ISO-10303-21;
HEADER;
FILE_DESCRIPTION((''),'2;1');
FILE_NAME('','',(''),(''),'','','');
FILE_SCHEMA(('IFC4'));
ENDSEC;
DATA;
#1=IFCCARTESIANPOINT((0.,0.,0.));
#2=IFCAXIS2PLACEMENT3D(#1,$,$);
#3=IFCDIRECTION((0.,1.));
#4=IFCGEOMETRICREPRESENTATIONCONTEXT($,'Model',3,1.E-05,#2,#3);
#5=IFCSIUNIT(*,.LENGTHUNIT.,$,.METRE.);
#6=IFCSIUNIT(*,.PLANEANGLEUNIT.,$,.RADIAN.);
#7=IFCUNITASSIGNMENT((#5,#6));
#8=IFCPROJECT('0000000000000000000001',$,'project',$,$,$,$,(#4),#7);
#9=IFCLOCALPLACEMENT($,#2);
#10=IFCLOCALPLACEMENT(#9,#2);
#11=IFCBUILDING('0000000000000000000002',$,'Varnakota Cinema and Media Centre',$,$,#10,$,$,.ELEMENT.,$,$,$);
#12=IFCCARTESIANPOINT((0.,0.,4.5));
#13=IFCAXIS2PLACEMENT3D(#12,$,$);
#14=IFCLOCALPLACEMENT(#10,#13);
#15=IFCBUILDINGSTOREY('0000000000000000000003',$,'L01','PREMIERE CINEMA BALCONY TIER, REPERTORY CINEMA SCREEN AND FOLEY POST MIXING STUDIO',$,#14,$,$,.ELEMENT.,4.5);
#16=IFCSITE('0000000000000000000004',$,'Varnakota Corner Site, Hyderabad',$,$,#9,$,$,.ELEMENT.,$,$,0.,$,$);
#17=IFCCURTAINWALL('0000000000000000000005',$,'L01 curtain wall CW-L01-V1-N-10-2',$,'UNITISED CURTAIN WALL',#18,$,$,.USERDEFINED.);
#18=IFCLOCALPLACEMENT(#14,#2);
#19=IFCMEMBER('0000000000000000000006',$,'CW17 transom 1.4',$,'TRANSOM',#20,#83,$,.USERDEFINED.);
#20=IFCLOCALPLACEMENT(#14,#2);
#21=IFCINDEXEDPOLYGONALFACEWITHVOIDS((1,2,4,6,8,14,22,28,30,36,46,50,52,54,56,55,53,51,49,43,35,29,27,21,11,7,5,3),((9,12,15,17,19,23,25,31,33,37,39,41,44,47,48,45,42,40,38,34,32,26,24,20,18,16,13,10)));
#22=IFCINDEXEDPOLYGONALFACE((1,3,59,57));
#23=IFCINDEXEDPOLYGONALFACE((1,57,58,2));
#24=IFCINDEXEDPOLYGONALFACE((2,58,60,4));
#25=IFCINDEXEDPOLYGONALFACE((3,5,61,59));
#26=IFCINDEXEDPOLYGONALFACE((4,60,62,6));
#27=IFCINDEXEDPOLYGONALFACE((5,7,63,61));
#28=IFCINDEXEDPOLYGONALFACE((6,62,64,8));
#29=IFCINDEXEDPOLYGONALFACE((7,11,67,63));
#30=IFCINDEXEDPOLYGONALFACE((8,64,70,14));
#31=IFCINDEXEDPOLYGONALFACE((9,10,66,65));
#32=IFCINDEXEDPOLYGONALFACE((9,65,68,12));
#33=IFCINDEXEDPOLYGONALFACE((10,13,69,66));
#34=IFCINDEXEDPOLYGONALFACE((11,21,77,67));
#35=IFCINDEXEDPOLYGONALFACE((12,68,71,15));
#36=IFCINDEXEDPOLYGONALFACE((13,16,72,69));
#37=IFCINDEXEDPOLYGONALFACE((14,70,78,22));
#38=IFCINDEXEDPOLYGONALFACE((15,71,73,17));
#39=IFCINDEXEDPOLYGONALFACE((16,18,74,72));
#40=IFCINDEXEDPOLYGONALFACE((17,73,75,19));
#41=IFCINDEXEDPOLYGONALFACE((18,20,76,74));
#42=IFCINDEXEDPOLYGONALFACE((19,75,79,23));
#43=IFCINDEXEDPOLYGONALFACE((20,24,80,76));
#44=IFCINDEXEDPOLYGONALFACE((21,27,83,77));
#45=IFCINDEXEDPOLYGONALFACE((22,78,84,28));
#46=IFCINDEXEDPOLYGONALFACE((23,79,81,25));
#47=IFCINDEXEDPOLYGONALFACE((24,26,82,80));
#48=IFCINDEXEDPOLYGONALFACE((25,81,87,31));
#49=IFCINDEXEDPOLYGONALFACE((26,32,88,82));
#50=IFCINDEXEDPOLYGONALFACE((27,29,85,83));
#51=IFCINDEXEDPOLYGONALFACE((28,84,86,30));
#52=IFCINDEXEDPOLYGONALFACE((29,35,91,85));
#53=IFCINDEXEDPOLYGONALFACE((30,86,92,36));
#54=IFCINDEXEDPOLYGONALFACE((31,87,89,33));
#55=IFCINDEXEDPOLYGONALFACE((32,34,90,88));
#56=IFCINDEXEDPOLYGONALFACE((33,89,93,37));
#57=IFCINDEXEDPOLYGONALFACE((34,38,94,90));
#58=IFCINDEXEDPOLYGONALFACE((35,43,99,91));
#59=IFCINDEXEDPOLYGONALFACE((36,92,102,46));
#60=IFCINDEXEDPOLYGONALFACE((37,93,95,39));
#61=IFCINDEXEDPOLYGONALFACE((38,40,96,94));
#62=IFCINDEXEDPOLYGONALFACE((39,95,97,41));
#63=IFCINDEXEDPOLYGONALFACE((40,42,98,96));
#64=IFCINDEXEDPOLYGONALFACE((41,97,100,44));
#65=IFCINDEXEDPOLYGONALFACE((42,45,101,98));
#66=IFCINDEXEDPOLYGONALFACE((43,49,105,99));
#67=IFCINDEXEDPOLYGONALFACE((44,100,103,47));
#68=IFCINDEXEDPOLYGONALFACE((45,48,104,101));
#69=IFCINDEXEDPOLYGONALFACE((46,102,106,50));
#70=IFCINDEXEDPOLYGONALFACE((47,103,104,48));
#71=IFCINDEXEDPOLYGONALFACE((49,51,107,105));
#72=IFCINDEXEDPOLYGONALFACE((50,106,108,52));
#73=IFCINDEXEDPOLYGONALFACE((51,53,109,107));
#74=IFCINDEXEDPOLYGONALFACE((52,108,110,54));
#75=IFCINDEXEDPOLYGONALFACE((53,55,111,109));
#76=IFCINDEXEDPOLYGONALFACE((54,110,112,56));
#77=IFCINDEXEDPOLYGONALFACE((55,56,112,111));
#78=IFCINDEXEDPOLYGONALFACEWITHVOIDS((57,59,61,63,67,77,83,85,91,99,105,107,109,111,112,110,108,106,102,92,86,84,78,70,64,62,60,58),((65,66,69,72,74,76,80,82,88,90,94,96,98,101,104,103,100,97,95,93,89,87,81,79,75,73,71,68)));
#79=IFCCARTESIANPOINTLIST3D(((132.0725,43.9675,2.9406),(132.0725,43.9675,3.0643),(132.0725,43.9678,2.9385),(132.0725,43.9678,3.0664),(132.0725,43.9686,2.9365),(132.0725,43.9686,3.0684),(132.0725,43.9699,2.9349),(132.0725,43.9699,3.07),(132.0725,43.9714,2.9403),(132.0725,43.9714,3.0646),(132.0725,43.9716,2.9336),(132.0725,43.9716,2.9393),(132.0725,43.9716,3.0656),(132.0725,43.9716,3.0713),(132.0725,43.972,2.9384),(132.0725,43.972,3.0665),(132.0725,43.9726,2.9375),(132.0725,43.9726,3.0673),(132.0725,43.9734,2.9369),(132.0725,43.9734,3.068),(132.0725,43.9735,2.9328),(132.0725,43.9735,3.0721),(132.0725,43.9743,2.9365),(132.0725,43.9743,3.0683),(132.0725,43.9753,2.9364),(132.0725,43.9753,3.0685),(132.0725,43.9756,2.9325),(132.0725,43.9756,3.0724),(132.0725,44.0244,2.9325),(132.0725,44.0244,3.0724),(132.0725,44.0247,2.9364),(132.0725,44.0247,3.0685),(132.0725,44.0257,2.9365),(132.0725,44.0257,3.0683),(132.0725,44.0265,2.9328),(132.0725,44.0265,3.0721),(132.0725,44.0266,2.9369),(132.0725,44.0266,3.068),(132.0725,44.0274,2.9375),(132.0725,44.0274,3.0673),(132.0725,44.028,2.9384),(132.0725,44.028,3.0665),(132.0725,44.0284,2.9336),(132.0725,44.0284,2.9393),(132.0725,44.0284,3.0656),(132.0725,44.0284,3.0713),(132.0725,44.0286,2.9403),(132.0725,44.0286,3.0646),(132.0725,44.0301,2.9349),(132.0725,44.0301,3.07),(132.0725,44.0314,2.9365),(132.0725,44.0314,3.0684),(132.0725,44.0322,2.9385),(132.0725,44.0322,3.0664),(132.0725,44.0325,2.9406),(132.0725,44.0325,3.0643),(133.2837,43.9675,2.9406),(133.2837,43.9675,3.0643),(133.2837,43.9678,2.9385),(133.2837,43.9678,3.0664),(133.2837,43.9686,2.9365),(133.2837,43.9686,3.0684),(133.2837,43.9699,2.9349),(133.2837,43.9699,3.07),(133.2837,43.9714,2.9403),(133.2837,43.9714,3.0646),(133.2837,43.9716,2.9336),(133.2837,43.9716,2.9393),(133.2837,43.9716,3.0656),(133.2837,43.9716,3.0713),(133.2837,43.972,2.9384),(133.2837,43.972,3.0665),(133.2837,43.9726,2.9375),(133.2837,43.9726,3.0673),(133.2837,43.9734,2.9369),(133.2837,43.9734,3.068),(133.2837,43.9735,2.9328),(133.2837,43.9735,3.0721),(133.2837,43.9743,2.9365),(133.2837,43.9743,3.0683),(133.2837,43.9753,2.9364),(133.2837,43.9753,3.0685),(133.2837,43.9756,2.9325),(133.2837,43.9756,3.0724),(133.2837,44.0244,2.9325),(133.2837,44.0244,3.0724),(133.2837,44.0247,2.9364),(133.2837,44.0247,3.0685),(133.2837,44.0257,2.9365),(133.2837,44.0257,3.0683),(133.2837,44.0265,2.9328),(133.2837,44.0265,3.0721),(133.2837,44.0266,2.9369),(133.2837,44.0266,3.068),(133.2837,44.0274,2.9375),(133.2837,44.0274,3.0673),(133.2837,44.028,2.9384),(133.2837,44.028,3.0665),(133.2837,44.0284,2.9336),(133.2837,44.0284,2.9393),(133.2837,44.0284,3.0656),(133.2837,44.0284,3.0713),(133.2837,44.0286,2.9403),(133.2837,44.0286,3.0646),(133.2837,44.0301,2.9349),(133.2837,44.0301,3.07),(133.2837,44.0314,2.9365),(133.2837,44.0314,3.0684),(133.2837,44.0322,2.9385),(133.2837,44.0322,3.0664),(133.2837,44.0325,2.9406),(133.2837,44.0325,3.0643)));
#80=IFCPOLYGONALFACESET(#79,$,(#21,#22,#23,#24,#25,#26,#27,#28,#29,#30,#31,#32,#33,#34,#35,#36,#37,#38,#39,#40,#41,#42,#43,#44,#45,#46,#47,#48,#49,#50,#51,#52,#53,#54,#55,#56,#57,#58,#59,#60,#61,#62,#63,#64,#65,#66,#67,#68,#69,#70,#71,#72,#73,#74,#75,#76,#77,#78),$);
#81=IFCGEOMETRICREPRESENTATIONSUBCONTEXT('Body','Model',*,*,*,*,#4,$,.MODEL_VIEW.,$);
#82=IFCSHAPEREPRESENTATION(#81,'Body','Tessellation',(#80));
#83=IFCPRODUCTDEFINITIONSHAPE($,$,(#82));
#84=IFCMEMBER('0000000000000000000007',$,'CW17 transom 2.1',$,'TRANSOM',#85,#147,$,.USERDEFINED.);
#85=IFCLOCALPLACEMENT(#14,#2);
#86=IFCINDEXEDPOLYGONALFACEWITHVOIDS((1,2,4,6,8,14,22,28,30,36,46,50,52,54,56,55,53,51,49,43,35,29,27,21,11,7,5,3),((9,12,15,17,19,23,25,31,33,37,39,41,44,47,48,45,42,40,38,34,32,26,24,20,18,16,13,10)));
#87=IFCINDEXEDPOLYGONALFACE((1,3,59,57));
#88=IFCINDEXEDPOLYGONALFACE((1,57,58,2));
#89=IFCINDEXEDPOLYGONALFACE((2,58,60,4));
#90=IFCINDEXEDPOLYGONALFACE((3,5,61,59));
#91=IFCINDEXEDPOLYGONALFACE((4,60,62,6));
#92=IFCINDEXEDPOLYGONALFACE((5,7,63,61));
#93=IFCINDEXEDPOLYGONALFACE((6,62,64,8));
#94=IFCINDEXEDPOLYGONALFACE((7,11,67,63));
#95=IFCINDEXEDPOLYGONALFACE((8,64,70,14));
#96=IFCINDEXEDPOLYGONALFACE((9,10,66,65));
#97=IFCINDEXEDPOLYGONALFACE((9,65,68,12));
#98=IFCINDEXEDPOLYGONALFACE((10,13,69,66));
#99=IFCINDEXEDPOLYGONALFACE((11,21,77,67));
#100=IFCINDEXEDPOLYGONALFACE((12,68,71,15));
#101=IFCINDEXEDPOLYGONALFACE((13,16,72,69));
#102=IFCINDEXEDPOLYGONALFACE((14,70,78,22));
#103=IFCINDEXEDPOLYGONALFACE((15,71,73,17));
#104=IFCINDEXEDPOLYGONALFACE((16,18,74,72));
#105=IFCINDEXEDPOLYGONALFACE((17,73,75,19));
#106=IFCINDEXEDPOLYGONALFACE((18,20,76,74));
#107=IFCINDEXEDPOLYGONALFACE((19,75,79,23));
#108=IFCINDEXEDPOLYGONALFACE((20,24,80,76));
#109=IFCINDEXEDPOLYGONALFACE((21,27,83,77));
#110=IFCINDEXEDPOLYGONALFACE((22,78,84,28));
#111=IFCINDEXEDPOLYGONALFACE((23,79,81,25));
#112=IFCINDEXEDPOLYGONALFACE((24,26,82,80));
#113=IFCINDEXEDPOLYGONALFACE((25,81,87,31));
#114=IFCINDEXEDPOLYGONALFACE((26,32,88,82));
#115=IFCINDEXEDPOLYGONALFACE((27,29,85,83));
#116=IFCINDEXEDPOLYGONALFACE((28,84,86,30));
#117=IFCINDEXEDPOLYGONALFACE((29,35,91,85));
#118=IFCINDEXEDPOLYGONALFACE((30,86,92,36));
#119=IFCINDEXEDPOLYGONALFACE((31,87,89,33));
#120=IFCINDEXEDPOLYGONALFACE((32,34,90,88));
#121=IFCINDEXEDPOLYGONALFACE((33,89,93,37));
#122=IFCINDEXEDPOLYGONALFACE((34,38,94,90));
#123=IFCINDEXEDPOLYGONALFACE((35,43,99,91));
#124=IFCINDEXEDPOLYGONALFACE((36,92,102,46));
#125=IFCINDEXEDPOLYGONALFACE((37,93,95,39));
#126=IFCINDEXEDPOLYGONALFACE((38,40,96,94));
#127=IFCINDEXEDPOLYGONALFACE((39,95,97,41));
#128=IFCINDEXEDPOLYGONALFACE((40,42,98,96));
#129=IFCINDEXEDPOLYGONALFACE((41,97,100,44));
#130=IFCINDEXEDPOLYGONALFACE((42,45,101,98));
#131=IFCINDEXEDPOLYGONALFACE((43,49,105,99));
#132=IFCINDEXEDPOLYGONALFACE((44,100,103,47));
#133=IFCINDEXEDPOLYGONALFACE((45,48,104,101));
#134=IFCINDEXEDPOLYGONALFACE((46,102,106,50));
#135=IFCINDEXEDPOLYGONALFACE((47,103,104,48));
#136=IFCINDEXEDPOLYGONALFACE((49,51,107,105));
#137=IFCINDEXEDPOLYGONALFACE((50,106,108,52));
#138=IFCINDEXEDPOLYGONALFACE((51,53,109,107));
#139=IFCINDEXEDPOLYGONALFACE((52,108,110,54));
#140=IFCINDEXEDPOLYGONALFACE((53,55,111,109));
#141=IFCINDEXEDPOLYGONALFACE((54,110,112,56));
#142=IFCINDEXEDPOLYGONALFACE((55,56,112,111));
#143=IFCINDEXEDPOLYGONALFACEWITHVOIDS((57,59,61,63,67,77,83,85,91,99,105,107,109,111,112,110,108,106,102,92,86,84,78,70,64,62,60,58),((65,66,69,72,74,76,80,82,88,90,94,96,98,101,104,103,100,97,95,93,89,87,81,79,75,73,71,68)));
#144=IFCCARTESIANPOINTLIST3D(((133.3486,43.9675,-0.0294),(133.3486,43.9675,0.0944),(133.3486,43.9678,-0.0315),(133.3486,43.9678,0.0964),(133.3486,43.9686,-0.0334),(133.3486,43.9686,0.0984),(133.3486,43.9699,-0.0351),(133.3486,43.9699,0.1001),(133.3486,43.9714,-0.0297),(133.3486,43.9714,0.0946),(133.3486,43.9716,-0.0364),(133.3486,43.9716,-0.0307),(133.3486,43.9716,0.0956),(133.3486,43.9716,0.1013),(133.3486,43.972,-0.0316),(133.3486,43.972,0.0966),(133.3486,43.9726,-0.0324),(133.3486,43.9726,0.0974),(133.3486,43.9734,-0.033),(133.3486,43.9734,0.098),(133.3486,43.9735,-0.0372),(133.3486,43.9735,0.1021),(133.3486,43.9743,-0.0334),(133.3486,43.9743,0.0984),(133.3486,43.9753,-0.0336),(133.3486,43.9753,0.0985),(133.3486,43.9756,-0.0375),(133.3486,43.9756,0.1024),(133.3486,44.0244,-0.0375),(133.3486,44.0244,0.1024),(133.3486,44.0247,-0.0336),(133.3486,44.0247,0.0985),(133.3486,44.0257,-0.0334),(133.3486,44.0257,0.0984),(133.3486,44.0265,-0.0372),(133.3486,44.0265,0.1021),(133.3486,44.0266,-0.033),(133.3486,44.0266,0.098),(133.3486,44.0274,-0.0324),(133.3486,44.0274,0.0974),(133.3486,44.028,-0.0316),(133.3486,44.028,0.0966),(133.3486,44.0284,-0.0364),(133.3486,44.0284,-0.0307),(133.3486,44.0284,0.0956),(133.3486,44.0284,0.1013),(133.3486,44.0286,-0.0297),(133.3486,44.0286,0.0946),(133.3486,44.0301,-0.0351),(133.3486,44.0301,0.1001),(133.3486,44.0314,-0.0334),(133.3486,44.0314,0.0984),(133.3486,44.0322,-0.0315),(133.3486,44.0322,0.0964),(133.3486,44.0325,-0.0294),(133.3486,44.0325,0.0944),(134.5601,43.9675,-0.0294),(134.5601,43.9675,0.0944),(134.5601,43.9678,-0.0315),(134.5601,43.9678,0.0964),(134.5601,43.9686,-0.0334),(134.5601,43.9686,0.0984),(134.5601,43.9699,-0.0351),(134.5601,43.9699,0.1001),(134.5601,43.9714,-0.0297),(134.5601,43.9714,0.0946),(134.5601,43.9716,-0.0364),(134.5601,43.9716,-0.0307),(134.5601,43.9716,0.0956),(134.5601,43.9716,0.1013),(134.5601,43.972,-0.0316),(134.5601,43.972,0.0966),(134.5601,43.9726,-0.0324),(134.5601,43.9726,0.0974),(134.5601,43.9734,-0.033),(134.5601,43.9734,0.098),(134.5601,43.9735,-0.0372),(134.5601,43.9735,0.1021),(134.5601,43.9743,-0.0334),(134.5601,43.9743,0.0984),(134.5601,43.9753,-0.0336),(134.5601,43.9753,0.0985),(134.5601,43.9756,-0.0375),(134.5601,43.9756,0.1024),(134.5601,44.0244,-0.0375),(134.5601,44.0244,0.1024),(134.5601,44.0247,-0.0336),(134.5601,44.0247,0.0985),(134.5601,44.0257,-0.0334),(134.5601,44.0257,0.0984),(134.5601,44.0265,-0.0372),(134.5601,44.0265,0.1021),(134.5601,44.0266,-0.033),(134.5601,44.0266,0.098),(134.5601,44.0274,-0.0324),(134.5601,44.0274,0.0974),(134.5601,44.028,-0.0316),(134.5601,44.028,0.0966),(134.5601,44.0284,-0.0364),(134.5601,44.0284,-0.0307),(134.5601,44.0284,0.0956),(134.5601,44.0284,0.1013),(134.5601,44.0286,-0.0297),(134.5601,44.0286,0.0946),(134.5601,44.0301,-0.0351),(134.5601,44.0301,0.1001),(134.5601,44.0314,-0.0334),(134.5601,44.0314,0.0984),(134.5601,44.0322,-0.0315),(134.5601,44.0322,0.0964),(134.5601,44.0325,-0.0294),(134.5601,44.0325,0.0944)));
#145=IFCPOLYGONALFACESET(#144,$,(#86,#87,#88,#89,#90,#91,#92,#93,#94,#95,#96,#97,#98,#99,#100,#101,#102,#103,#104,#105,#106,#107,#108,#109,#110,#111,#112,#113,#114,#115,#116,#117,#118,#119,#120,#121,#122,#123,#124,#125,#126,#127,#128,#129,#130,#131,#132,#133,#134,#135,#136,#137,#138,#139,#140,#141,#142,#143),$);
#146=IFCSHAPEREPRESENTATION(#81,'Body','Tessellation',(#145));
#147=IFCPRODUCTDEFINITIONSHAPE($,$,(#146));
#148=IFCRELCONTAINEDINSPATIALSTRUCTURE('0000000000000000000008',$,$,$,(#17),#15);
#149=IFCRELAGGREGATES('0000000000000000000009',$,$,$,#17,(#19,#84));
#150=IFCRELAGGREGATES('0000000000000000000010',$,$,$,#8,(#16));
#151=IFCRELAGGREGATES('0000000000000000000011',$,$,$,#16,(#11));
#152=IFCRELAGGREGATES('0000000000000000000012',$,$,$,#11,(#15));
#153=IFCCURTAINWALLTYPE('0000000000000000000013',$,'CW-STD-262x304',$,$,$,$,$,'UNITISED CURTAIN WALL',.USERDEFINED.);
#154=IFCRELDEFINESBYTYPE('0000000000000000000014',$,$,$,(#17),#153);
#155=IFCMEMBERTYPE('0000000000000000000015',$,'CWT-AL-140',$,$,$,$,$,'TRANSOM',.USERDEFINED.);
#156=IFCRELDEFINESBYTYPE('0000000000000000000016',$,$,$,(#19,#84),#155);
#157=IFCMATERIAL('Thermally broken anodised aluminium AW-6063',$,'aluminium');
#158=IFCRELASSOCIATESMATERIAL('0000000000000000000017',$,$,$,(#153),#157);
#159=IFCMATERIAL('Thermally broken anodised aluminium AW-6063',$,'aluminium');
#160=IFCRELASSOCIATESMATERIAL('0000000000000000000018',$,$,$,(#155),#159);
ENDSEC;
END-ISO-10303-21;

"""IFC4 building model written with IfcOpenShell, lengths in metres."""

from ifc_helpers import new_model, si_unit, direction, frame, origin, origin_2d, place, context, subcontext, project, spatial, hollow_rectangle, extrude, material, material_profile, profile_set, type_object, element, aggregate, save


model = new_model("IFC4")

# Units and contexts
model_context = context("Model", 3, precision=1e-05, world=origin(), true_north=direction((0.0, 1.0)))
body_context = subcontext(model_context, "Body", "Model", "MODEL_VIEW")
ifc_project = project(units=[si_unit("LENGTHUNIT", "METRE"), si_unit("PLANEANGLEUNIT", "RADIAN")], contexts=[model_context])

# Site, building, storey
site_placement = place(None, origin())
site = spatial("IfcSite", under=ifc_project, at=site_placement, Name="Varnakota Corner Site, Hyderabad", CompositionType="ELEMENT", RefElevation=0.0)
building_placement = place(site_placement, origin())
building = spatial("IfcBuilding", under=site, at=building_placement, Name="Varnakota Cinema and Media Centre", CompositionType="ELEMENT")
storey_placement = place(building_placement, frame((0.0, 0.0, 4.5)))
storey = spatial("IfcBuildingStorey", under=building, at=storey_placement, Name="L01", Description="PREMIERE CINEMA BALCONY TIER, REPERTORY CINEMA SCREEN AND FOLEY POST MIXING STUDIO", CompositionType="ELEMENT", Elevation=4.5)

# Shared definitions
ifc_material_1 = material(Name="Thermally broken anodised aluminium AW-6063", Category="aluminium")
curtain_wall_type = type_object("IfcCurtainWallType", Name="CW-STD-262x304", ElementType="UNITISED CURTAIN WALL", PredefinedType="USERDEFINED", material=ifc_material_1)

# Curtain wall, members
curtain_wall_1_placement = place(storey_placement, origin())
curtain_wall_1 = element("IfcCurtainWall", 1, at=curtain_wall_1_placement, inside=storey, type_object=curtain_wall_type, Name="L01 curtain wall CW-L01-V1-N-10-2", ObjectType="UNITISED CURTAIN WALL", PredefinedType="USERDEFINED")
ifc_material_2 = material(Name="Thermally broken anodised aluminium AW-6063", Category="aluminium")
ifc_material_profile_1 = material_profile(ifc_material_2, hollow_rectangle(XDim=0.0649, YDim=0.1399, WallThickness=0.0039, InnerFilletRadius=0.0039, OuterFilletRadius=0.0081, at=origin_2d()), Name="AL-TRANSOM 140x65x4")
ifc_profile_set_1 = profile_set([ifc_material_profile_1], Name="Thermally broken anodised aluminium AW-6063")
member_type_1 = type_object("IfcMemberType", Name="CWT-AL-140", ElementType="TRANSOM", PredefinedType="USERDEFINED", material=ifc_profile_set_1)
member_1_placement = place(storey_placement, frame((132.0725, 44.0, 3.0024), z_axis=(1.0, 0.0, 0.0), x_axis=(0.0, 1.0, 0.0)))
member_1 = element("IfcMember", 2, at=member_1_placement, type_object=member_type_1, Name="CW17 transom 1.4", ObjectType="TRANSOM", PredefinedType="USERDEFINED", context=body_context, shape_type="SweptSolid", body=[
    extrude(hollow_rectangle(XDim=0.0649, YDim=0.1399, WallThickness=0.0039, InnerFilletRadius=0.0039, OuterFilletRadius=0.0081, at=origin_2d()), origin(), (0.0, 0.0, 1.0), 1.2112),
])
member_2_placement = place(storey_placement, frame((133.3486, 44.0, 0.0325), z_axis=(1.0, 0.0, 0.0), x_axis=(0.0, 1.0, 0.0)))
member_2 = element("IfcMember", 3, at=member_2_placement, type_object=member_type_1, Name="CW17 transom 2.1", ObjectType="TRANSOM", PredefinedType="USERDEFINED", context=body_context, shape_type="SweptSolid", body=[
    extrude(hollow_rectangle(XDim=0.0649, YDim=0.1399, WallThickness=0.0039, InnerFilletRadius=0.0039, OuterFilletRadius=0.0081, at=origin_2d()), origin(), (0.0, 0.0, 1.0), 1.2114),
])

aggregate(curtain_wall_1, [member_1, member_2])

save(model, "model.ifc")
